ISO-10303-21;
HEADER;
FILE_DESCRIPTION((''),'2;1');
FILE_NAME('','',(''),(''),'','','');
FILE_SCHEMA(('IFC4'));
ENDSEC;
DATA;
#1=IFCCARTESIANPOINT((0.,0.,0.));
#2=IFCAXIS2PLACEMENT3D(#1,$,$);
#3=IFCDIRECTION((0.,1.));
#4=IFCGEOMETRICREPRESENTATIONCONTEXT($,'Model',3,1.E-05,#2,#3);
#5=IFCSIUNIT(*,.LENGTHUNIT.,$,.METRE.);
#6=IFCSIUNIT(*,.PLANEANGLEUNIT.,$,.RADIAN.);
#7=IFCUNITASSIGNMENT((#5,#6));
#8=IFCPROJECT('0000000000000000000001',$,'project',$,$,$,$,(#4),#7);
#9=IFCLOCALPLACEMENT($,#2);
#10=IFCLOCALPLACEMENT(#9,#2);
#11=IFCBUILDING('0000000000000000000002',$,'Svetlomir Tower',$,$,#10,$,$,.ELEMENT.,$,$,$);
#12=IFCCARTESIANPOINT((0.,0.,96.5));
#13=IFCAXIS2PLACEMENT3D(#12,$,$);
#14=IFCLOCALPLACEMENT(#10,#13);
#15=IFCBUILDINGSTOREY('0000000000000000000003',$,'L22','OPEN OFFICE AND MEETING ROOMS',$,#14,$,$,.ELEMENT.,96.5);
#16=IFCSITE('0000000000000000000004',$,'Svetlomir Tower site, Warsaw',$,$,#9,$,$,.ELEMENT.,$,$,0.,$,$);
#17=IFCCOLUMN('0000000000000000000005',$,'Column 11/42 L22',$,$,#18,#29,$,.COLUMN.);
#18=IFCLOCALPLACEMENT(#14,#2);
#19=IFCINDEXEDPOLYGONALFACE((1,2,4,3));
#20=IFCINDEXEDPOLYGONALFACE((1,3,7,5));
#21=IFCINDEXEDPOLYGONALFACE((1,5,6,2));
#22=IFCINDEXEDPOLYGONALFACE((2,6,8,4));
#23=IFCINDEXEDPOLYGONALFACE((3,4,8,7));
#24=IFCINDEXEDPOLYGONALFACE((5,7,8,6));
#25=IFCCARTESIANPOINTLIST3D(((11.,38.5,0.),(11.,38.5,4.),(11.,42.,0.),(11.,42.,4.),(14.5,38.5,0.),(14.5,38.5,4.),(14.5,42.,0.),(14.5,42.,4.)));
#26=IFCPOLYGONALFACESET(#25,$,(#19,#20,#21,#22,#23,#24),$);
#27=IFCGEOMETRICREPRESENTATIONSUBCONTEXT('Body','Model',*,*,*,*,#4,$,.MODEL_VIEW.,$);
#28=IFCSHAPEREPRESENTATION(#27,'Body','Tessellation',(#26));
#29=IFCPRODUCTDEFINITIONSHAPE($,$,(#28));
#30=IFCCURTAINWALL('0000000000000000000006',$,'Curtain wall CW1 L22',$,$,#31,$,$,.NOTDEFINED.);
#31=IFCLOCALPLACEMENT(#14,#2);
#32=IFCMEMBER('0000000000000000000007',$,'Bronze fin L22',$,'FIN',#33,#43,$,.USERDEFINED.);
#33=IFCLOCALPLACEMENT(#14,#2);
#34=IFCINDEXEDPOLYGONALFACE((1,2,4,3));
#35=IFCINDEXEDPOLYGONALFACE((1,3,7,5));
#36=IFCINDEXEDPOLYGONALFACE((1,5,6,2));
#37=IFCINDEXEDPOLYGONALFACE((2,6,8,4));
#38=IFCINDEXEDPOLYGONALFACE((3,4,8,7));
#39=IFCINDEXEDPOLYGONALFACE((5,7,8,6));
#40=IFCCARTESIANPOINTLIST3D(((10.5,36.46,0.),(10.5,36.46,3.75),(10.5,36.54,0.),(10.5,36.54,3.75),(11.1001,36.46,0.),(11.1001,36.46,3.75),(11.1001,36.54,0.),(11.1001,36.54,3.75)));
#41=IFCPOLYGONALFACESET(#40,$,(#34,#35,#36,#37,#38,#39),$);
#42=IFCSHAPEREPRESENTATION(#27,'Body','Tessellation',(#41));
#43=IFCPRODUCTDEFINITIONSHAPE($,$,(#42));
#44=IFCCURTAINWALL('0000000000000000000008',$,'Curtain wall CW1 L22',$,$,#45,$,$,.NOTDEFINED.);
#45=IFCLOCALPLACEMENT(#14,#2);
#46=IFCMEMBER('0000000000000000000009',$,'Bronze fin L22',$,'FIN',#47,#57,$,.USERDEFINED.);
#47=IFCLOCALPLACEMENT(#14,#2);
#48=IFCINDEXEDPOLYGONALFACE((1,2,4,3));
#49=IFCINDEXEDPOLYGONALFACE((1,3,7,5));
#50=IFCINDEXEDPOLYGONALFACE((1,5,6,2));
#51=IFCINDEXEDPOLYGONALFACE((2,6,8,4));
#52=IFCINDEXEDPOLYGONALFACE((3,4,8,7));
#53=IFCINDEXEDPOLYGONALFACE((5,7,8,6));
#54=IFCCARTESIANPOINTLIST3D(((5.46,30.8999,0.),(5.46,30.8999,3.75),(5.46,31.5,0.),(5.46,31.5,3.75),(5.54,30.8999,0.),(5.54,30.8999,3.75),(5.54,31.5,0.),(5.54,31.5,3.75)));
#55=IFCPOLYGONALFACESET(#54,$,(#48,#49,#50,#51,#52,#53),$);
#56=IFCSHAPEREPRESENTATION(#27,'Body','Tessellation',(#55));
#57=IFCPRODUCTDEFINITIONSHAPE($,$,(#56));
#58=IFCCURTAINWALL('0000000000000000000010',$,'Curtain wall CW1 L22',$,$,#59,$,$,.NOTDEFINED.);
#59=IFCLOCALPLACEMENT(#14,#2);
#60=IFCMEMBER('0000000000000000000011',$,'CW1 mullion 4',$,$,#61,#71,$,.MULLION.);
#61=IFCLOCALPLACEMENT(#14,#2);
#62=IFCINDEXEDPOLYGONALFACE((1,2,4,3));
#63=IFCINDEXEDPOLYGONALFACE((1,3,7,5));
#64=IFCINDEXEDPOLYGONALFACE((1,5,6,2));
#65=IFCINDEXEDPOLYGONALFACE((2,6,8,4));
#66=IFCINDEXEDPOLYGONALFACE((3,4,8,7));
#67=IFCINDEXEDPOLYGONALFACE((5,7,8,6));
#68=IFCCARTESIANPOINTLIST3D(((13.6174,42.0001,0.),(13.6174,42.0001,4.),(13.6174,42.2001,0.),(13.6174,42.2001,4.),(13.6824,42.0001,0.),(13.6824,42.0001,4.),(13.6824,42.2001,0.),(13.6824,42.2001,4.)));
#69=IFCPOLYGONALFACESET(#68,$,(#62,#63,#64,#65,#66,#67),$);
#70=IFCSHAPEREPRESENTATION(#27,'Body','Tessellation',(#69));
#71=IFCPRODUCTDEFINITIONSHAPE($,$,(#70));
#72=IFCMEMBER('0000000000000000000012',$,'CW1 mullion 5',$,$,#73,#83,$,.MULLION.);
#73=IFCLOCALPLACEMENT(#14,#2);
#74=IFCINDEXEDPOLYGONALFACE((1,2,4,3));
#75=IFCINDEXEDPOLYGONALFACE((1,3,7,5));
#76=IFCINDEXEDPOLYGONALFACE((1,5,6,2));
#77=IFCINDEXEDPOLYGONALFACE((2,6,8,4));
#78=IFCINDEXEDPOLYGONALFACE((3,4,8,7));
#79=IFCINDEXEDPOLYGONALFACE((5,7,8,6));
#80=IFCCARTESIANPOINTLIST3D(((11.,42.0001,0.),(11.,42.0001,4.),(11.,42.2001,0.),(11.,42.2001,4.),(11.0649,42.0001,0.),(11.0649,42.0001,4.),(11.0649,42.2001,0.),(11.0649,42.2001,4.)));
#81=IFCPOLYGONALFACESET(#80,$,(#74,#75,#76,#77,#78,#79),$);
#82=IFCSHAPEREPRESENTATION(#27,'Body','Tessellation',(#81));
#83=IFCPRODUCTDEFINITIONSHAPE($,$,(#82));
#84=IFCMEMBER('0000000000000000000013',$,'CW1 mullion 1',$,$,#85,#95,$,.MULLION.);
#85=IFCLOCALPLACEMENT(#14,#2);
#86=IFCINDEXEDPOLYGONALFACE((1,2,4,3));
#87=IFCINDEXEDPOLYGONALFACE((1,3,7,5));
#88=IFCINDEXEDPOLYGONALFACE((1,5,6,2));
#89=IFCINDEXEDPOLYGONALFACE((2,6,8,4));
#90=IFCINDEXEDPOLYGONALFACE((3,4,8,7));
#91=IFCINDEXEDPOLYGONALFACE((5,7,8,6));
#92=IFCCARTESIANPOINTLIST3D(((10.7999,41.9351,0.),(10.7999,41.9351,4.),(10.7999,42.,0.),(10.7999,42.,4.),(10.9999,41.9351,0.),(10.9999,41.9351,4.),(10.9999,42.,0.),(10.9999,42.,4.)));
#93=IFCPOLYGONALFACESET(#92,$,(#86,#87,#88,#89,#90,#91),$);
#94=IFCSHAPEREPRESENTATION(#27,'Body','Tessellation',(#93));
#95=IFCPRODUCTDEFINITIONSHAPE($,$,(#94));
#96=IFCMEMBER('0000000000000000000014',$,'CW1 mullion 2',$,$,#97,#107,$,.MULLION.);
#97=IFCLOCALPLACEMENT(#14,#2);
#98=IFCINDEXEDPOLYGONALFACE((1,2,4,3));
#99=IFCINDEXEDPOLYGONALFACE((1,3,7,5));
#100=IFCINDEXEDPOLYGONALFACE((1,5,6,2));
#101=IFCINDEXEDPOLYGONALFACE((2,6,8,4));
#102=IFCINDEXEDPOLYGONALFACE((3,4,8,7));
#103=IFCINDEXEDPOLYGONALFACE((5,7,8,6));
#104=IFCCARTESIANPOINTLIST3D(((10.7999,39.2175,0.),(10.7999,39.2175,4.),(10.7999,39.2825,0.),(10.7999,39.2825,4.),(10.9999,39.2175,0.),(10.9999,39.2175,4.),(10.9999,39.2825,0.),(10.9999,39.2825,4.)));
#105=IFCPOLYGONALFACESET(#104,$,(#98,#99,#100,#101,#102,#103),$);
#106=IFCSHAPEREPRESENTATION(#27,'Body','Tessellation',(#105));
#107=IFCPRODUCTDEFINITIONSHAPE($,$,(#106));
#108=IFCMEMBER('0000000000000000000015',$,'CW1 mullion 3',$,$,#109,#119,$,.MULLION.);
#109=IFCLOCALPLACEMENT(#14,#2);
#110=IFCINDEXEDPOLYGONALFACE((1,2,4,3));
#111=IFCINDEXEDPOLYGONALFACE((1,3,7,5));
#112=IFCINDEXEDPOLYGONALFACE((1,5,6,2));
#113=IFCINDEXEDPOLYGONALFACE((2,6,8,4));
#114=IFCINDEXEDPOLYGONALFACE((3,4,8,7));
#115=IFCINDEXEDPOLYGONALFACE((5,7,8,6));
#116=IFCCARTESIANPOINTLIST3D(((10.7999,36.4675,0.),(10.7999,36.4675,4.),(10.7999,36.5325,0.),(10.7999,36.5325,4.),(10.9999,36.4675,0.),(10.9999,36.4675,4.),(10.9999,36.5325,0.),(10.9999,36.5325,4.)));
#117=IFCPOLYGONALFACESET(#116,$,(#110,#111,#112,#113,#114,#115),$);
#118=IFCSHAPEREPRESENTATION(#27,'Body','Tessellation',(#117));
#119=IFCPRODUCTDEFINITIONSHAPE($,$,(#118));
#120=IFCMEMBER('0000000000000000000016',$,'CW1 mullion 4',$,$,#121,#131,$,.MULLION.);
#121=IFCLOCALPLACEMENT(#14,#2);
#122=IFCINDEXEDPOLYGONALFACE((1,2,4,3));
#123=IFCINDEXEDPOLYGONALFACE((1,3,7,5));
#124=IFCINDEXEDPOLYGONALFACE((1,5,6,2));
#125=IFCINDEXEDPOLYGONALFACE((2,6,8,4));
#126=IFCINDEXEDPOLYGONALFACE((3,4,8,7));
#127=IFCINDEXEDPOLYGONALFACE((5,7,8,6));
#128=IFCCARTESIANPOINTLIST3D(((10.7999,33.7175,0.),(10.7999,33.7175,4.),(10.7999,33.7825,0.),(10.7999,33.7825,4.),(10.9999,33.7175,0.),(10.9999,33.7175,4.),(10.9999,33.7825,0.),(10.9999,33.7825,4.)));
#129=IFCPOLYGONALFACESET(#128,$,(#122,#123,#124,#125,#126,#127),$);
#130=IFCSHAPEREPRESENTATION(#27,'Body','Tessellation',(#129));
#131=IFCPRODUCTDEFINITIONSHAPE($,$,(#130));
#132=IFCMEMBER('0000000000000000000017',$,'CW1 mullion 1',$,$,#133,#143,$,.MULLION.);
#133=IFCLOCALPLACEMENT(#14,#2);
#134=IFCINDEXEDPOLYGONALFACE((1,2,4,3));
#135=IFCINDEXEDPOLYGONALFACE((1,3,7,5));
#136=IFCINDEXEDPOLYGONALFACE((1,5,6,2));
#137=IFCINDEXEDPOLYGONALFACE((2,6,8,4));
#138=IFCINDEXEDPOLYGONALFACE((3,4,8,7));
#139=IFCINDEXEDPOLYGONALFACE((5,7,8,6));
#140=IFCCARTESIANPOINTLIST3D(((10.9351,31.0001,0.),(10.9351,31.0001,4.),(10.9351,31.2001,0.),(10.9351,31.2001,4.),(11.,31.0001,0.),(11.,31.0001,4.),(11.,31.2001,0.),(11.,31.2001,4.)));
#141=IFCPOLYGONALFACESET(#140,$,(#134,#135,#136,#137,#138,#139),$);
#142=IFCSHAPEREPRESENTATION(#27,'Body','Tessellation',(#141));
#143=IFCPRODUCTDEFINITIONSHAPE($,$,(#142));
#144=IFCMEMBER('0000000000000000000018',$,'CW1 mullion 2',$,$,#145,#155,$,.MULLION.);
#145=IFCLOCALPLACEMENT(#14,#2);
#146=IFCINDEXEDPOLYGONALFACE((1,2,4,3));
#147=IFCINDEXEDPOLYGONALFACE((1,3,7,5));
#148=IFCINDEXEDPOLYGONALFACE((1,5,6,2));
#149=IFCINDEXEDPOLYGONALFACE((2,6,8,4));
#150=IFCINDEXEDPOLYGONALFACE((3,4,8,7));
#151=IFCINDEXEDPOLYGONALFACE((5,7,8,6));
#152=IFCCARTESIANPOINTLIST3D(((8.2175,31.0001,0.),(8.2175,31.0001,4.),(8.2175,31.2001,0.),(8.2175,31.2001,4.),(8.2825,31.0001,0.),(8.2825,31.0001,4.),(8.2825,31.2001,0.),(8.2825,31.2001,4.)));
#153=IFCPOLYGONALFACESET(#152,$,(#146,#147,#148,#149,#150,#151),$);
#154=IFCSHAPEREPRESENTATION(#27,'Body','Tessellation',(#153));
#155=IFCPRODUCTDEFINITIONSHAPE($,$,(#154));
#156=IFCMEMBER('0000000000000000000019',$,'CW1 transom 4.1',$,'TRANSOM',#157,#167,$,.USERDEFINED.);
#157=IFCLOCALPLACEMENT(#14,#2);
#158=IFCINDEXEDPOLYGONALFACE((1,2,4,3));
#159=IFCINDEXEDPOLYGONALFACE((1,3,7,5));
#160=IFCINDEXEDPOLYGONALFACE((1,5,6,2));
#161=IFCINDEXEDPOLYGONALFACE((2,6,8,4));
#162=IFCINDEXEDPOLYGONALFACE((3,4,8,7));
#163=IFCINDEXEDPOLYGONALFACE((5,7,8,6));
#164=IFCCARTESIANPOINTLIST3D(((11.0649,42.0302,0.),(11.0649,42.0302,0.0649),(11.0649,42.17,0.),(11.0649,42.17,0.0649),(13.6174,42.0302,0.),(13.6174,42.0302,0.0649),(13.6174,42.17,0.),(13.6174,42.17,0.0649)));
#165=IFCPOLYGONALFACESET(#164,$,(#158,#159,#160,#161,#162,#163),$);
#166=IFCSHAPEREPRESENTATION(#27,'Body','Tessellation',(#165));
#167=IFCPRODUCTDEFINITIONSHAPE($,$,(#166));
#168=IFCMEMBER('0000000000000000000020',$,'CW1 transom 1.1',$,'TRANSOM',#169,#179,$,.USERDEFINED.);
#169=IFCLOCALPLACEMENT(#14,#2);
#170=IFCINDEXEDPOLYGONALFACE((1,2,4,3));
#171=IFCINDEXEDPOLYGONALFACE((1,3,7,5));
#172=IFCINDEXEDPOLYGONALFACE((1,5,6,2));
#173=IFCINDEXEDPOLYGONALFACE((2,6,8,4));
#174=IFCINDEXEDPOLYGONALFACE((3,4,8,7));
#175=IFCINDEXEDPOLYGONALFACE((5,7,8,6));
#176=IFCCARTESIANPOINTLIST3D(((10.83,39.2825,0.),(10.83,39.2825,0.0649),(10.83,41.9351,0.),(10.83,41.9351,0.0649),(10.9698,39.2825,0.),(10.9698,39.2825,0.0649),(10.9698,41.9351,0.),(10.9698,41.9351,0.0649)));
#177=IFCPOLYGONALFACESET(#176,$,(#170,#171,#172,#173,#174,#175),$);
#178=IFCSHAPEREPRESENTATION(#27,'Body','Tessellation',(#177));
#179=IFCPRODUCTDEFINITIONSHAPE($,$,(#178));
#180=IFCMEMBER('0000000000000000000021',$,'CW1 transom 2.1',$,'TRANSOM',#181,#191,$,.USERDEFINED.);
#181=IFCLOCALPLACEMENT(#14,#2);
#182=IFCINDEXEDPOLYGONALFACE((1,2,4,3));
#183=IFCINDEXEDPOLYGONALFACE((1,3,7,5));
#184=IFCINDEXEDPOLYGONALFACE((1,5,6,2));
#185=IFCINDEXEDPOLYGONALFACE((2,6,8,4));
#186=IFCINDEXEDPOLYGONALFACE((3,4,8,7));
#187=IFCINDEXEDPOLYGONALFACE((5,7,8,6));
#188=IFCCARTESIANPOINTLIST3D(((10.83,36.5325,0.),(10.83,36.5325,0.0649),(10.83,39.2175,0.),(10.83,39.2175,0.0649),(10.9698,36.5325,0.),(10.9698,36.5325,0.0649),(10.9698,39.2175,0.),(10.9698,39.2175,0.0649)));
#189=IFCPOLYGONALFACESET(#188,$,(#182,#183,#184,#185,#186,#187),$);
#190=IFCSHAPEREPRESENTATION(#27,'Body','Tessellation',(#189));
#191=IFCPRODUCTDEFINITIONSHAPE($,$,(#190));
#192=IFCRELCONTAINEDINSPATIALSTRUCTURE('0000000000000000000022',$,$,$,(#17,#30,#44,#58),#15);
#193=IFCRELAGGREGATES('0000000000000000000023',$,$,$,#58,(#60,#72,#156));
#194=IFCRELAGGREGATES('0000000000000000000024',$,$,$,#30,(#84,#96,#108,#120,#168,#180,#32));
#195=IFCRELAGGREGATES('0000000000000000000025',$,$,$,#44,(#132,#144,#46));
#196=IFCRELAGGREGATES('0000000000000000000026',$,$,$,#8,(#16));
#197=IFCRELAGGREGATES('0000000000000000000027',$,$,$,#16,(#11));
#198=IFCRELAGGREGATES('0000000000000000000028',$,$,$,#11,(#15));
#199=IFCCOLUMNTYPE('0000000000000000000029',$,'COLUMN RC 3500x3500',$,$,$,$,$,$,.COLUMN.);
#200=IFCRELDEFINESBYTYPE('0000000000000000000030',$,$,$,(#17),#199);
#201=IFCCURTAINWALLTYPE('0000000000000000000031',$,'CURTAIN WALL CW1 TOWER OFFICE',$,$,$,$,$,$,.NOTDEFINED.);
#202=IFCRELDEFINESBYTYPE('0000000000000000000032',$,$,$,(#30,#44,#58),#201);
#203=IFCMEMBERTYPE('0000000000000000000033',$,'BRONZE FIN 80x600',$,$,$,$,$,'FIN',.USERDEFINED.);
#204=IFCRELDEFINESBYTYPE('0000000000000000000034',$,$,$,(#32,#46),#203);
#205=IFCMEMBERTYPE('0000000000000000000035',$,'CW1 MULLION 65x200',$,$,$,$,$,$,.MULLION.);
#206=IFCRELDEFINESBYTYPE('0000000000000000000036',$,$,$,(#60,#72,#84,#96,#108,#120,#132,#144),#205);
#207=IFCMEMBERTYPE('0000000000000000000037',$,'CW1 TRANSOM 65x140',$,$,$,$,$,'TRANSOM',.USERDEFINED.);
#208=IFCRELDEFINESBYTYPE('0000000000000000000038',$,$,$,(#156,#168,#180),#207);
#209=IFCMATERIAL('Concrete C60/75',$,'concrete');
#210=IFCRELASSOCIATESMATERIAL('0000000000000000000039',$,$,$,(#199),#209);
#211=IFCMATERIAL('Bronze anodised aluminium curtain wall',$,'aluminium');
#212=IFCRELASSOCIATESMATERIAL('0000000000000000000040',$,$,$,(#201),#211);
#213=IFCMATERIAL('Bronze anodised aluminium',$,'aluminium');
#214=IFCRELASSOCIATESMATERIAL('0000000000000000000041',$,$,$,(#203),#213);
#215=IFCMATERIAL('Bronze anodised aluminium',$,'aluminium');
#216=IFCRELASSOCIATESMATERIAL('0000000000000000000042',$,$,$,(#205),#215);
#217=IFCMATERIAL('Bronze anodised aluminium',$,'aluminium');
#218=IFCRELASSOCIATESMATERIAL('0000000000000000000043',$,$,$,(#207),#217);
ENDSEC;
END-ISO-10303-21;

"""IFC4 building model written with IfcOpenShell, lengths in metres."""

from ifc_helpers import new_model, si_unit, direction, frame, origin, origin_2d, place, context, subcontext, project, spatial, rectangle, extrude, material, material_profile, profile_set, type_object, element, aggregate, save


model = new_model("IFC4")

# Units and contexts
model_context = context("Model", 3, precision=1e-05, world=origin(), true_north=direction((0.0, 1.0)))
body_context = subcontext(model_context, "Body", "Model", "MODEL_VIEW")
ifc_project = project(units=[si_unit("LENGTHUNIT", "METRE"), si_unit("PLANEANGLEUNIT", "RADIAN")], contexts=[model_context])

# Site, building, storey
site_placement = place(None, origin())
site = spatial("IfcSite", under=ifc_project, at=site_placement, Name="Svetlomir Tower site, Warsaw", CompositionType="ELEMENT", RefElevation=0.0)
building_placement = place(site_placement, origin())
building = spatial("IfcBuilding", under=site, at=building_placement, Name="Svetlomir Tower", CompositionType="ELEMENT")
storey_placement = place(building_placement, frame((0.0, 0.0, 96.5)))
storey = spatial("IfcBuildingStorey", under=building, at=storey_placement, Name="L22", Description="OPEN OFFICE AND MEETING ROOMS", CompositionType="ELEMENT", Elevation=96.5)

# Column
ifc_material_1 = material(Name="Concrete C60/75", Category="concrete")
ifc_material_profile_1 = material_profile(ifc_material_1, rectangle(XDim=3.5, YDim=3.5, at=origin_2d()), Name="RC 3500x3500")
ifc_profile_set_1 = profile_set([ifc_material_profile_1], Name="Concrete C60/75")
column_type = type_object("IfcColumnType", Name="COLUMN RC 3500x3500", PredefinedType="COLUMN", material=ifc_profile_set_1)
column_placement = place(storey_placement, frame((12.75, 40.25, 0.0), z_axis=(0.0, 0.0, 1.0), x_axis=(1.0, 0.0, 0.0)))
element("IfcColumn", 1, at=column_placement, inside=storey, type_object=column_type, Name="Column 11/42 L22", PredefinedType="COLUMN", context=body_context, shape_type="SweptSolid", body=[
    extrude(rectangle(XDim=3.5, YDim=3.5, at=origin_2d()), origin(), (0.0, 0.0, 1.0), 4.0),
])

# Curtain walls, members
ifc_material_2 = material(Name="Bronze anodised aluminium curtain wall", Category="aluminium")
curtain_wall_type = type_object("IfcCurtainWallType", Name="CURTAIN WALL CW1 TOWER OFFICE", PredefinedType="NOTDEFINED", material=ifc_material_2)
curtain_wall_1_placement = place(storey_placement, origin())
curtain_wall_1 = element("IfcCurtainWall", 2, at=curtain_wall_1_placement, inside=storey, type_object=curtain_wall_type, Name="Curtain wall CW1 L22", PredefinedType="NOTDEFINED")
ifc_material_3 = material(Name="Bronze anodised aluminium", Category="aluminium")
ifc_material_profile_2 = material_profile(ifc_material_3, rectangle(XDim=0.0801, YDim=0.6001, at=origin_2d()), Name="FIN 80x600")
ifc_profile_set_2 = profile_set([ifc_material_profile_2], Name="Bronze anodised aluminium 6063-T6")
member_type_1 = type_object("IfcMemberType", Name="BRONZE FIN 80x600", ElementType="FIN", PredefinedType="USERDEFINED", material=ifc_profile_set_2)
member_1_placement = place(storey_placement, frame((10.8, 36.5, 0.0), z_axis=(0.0, 0.0, 1.0), x_axis=(0.0, 1.0, 0.0)))
member_1 = element("IfcMember", 3, at=member_1_placement, type_object=member_type_1, Name="Bronze fin L22", ObjectType="FIN", PredefinedType="USERDEFINED", context=body_context, shape_type="SweptSolid", body=[
    extrude(rectangle(XDim=0.0801, YDim=0.6001, at=origin_2d()), origin(), (0.0, 0.0, 1.0), 3.75),
])
curtain_wall_2_placement = place(storey_placement, origin())
curtain_wall_2 = element("IfcCurtainWall", 4, at=curtain_wall_2_placement, inside=storey, type_object=curtain_wall_type, Name="Curtain wall CW1 L22", PredefinedType="NOTDEFINED")
member_2_placement = place(storey_placement, frame((5.5, 31.2, 0.0), z_axis=(0.0, 0.0, 1.0), x_axis=(1.0, 0.0, 0.0)))
member_2 = element("IfcMember", 5, at=member_2_placement, type_object=member_type_1, Name="Bronze fin L22", ObjectType="FIN", PredefinedType="USERDEFINED", context=body_context, shape_type="SweptSolid", body=[
    extrude(rectangle(XDim=0.0801, YDim=0.6001, at=origin_2d()), origin(), (0.0, 0.0, 1.0), 3.75),
])

# Curtain wall, members
curtain_wall_3_placement = place(storey_placement, origin())
curtain_wall_3 = element("IfcCurtainWall", 6, at=curtain_wall_3_placement, inside=storey, type_object=curtain_wall_type, Name="Curtain wall CW1 L22", PredefinedType="NOTDEFINED")
ifc_material_4 = material(Name="Bronze anodised aluminium", Category="aluminium")
ifc_material_profile_3 = material_profile(ifc_material_4, rectangle(XDim=0.0649, YDim=0.2, at=origin_2d()), Name="AL 65x200")
ifc_profile_set_3 = profile_set([ifc_material_profile_3], Name="Bronze anodised aluminium 6063-T6")
member_type_2 = type_object("IfcMemberType", Name="CW1 MULLION 65x200", PredefinedType="MULLION", material=ifc_profile_set_3)
member_3_placement = place(storey_placement, frame((13.6499, 42.1001, 0.0), z_axis=(0.0, 0.0, 1.0), x_axis=(-1.0, 0.0, 0.0)))
member_3 = element("IfcMember", 7, at=member_3_placement, type_object=member_type_2, Name="CW1 mullion 4", PredefinedType="MULLION", context=body_context, shape_type="SweptSolid", body=[
    extrude(rectangle(XDim=0.0649, YDim=0.2, at=origin_2d()), origin(), (0.0, 0.0, 1.0), 4.0),
])
member_4_placement = place(storey_placement, frame((11.0325, 42.1001, 0.0), z_axis=(0.0, 0.0, 1.0), x_axis=(-1.0, 0.0, 0.0)))
member_4 = element("IfcMember", 8, at=member_4_placement, type_object=member_type_2, Name="CW1 mullion 5", PredefinedType="MULLION", context=body_context, shape_type="SweptSolid", body=[
    extrude(rectangle(XDim=0.0649, YDim=0.2, at=origin_2d()), origin(), (0.0, 0.0, 1.0), 4.0),
])

# Members
member_5_placement = place(storey_placement, frame((10.8999, 41.9675, 0.0), z_axis=(0.0, 0.0, 1.0), x_axis=(0.0, -1.0, 0.0)))
member_5 = element("IfcMember", 9, at=member_5_placement, type_object=member_type_2, Name="CW1 mullion 1", PredefinedType="MULLION", context=body_context, shape_type="SweptSolid", body=[
    extrude(rectangle(XDim=0.0649, YDim=0.2, at=origin_2d()), origin(), (0.0, 0.0, 1.0), 4.0),
])
member_6_placement = place(storey_placement, frame((10.8999, 39.25, 0.0), z_axis=(0.0, 0.0, 1.0), x_axis=(0.0, -1.0, 0.0)))
member_6 = element("IfcMember", 10, at=member_6_placement, type_object=member_type_2, Name="CW1 mullion 2", PredefinedType="MULLION", context=body_context, shape_type="SweptSolid", body=[
    extrude(rectangle(XDim=0.0649, YDim=0.2, at=origin_2d()), origin(), (0.0, 0.0, 1.0), 4.0),
])
member_7_placement = place(storey_placement, frame((10.8999, 36.5, 0.0), z_axis=(0.0, 0.0, 1.0), x_axis=(0.0, -1.0, 0.0)))
member_7 = element("IfcMember", 11, at=member_7_placement, type_object=member_type_2, Name="CW1 mullion 3", PredefinedType="MULLION", context=body_context, shape_type="SweptSolid", body=[
    extrude(rectangle(XDim=0.0649, YDim=0.2, at=origin_2d()), origin(), (0.0, 0.0, 1.0), 4.0),
])
member_8_placement = place(storey_placement, frame((10.8999, 33.75, 0.0), z_axis=(0.0, 0.0, 1.0), x_axis=(0.0, -1.0, 0.0)))
member_8 = element("IfcMember", 12, at=member_8_placement, type_object=member_type_2, Name="CW1 mullion 4", PredefinedType="MULLION", context=body_context, shape_type="SweptSolid", body=[
    extrude(rectangle(XDim=0.0649, YDim=0.2, at=origin_2d()), origin(), (0.0, 0.0, 1.0), 4.0),
])
member_9_placement = place(storey_placement, frame((10.9675, 31.1001, 0.0), z_axis=(0.0, 0.0, 1.0), x_axis=(-1.0, 0.0, 0.0)))
member_9 = element("IfcMember", 13, at=member_9_placement, type_object=member_type_2, Name="CW1 mullion 1", PredefinedType="MULLION", context=body_context, shape_type="SweptSolid", body=[
    extrude(rectangle(XDim=0.0649, YDim=0.2, at=origin_2d()), origin(), (0.0, 0.0, 1.0), 4.0),
])
member_10_placement = place(storey_placement, frame((8.25, 31.1001, 0.0), z_axis=(0.0, 0.0, 1.0), x_axis=(-1.0, 0.0, 0.0)))
member_10 = element("IfcMember", 14, at=member_10_placement, type_object=member_type_2, Name="CW1 mullion 2", PredefinedType="MULLION", context=body_context, shape_type="SweptSolid", body=[
    extrude(rectangle(XDim=0.0649, YDim=0.2, at=origin_2d()), origin(), (0.0, 0.0, 1.0), 4.0),
])
ifc_material_5 = material(Name="Bronze anodised aluminium", Category="aluminium")
ifc_material_profile_4 = material_profile(ifc_material_5, rectangle(XDim=0.1399, YDim=0.0649, at=origin_2d()), Name="AL 140x65")
ifc_profile_set_4 = profile_set([ifc_material_profile_4], Name="Bronze anodised aluminium 6063-T6")
member_type_3 = type_object("IfcMemberType", Name="CW1 TRANSOM 65x140", ElementType="TRANSOM", PredefinedType="USERDEFINED", material=ifc_profile_set_4)
member_11_placement = place(storey_placement, frame((13.6174, 42.1001, 0.0325), z_axis=(-1.0, 0.0, 0.0), x_axis=(0.0, -1.0, 0.0)))
member_11 = element("IfcMember", 15, at=member_11_placement, type_object=member_type_3, Name="CW1 transom 4.1", ObjectType="TRANSOM", PredefinedType="USERDEFINED", context=body_context, shape_type="SweptSolid", body=[
    extrude(rectangle(XDim=0.1399, YDim=0.0649, at=origin_2d()), origin(), (0.0, 0.0, 1.0), 2.5525),
])
member_12_placement = place(storey_placement, frame((10.8999, 41.9351, 0.0325), z_axis=(0.0, -1.0, 0.0), x_axis=(1.0, 0.0, 0.0)))
member_12 = element("IfcMember", 16, at=member_12_placement, type_object=member_type_3, Name="CW1 transom 1.1", ObjectType="TRANSOM", PredefinedType="USERDEFINED", context=body_context, shape_type="SweptSolid", body=[
    extrude(rectangle(XDim=0.1399, YDim=0.0649, at=origin_2d()), origin(), (0.0, 0.0, 1.0), 2.6526),
])
member_13_placement = place(storey_placement, frame((10.8999, 39.2175, 0.0325), z_axis=(0.0, -1.0, 0.0), x_axis=(1.0, 0.0, 0.0)))
member_13 = element("IfcMember", 17, at=member_13_placement, type_object=member_type_3, Name="CW1 transom 2.1", ObjectType="TRANSOM", PredefinedType="USERDEFINED", context=body_context, shape_type="SweptSolid", body=[
    extrude(rectangle(XDim=0.1399, YDim=0.0649, at=origin_2d()), origin(), (0.0, 0.0, 1.0), 2.6851),
])

aggregate(curtain_wall_3, [member_3, member_4, member_11])
aggregate(curtain_wall_1, [member_5, member_6, member_7, member_8, member_12, member_13, member_1])
aggregate(curtain_wall_2, [member_9, member_10, member_2])

save(model, "model.ifc")
